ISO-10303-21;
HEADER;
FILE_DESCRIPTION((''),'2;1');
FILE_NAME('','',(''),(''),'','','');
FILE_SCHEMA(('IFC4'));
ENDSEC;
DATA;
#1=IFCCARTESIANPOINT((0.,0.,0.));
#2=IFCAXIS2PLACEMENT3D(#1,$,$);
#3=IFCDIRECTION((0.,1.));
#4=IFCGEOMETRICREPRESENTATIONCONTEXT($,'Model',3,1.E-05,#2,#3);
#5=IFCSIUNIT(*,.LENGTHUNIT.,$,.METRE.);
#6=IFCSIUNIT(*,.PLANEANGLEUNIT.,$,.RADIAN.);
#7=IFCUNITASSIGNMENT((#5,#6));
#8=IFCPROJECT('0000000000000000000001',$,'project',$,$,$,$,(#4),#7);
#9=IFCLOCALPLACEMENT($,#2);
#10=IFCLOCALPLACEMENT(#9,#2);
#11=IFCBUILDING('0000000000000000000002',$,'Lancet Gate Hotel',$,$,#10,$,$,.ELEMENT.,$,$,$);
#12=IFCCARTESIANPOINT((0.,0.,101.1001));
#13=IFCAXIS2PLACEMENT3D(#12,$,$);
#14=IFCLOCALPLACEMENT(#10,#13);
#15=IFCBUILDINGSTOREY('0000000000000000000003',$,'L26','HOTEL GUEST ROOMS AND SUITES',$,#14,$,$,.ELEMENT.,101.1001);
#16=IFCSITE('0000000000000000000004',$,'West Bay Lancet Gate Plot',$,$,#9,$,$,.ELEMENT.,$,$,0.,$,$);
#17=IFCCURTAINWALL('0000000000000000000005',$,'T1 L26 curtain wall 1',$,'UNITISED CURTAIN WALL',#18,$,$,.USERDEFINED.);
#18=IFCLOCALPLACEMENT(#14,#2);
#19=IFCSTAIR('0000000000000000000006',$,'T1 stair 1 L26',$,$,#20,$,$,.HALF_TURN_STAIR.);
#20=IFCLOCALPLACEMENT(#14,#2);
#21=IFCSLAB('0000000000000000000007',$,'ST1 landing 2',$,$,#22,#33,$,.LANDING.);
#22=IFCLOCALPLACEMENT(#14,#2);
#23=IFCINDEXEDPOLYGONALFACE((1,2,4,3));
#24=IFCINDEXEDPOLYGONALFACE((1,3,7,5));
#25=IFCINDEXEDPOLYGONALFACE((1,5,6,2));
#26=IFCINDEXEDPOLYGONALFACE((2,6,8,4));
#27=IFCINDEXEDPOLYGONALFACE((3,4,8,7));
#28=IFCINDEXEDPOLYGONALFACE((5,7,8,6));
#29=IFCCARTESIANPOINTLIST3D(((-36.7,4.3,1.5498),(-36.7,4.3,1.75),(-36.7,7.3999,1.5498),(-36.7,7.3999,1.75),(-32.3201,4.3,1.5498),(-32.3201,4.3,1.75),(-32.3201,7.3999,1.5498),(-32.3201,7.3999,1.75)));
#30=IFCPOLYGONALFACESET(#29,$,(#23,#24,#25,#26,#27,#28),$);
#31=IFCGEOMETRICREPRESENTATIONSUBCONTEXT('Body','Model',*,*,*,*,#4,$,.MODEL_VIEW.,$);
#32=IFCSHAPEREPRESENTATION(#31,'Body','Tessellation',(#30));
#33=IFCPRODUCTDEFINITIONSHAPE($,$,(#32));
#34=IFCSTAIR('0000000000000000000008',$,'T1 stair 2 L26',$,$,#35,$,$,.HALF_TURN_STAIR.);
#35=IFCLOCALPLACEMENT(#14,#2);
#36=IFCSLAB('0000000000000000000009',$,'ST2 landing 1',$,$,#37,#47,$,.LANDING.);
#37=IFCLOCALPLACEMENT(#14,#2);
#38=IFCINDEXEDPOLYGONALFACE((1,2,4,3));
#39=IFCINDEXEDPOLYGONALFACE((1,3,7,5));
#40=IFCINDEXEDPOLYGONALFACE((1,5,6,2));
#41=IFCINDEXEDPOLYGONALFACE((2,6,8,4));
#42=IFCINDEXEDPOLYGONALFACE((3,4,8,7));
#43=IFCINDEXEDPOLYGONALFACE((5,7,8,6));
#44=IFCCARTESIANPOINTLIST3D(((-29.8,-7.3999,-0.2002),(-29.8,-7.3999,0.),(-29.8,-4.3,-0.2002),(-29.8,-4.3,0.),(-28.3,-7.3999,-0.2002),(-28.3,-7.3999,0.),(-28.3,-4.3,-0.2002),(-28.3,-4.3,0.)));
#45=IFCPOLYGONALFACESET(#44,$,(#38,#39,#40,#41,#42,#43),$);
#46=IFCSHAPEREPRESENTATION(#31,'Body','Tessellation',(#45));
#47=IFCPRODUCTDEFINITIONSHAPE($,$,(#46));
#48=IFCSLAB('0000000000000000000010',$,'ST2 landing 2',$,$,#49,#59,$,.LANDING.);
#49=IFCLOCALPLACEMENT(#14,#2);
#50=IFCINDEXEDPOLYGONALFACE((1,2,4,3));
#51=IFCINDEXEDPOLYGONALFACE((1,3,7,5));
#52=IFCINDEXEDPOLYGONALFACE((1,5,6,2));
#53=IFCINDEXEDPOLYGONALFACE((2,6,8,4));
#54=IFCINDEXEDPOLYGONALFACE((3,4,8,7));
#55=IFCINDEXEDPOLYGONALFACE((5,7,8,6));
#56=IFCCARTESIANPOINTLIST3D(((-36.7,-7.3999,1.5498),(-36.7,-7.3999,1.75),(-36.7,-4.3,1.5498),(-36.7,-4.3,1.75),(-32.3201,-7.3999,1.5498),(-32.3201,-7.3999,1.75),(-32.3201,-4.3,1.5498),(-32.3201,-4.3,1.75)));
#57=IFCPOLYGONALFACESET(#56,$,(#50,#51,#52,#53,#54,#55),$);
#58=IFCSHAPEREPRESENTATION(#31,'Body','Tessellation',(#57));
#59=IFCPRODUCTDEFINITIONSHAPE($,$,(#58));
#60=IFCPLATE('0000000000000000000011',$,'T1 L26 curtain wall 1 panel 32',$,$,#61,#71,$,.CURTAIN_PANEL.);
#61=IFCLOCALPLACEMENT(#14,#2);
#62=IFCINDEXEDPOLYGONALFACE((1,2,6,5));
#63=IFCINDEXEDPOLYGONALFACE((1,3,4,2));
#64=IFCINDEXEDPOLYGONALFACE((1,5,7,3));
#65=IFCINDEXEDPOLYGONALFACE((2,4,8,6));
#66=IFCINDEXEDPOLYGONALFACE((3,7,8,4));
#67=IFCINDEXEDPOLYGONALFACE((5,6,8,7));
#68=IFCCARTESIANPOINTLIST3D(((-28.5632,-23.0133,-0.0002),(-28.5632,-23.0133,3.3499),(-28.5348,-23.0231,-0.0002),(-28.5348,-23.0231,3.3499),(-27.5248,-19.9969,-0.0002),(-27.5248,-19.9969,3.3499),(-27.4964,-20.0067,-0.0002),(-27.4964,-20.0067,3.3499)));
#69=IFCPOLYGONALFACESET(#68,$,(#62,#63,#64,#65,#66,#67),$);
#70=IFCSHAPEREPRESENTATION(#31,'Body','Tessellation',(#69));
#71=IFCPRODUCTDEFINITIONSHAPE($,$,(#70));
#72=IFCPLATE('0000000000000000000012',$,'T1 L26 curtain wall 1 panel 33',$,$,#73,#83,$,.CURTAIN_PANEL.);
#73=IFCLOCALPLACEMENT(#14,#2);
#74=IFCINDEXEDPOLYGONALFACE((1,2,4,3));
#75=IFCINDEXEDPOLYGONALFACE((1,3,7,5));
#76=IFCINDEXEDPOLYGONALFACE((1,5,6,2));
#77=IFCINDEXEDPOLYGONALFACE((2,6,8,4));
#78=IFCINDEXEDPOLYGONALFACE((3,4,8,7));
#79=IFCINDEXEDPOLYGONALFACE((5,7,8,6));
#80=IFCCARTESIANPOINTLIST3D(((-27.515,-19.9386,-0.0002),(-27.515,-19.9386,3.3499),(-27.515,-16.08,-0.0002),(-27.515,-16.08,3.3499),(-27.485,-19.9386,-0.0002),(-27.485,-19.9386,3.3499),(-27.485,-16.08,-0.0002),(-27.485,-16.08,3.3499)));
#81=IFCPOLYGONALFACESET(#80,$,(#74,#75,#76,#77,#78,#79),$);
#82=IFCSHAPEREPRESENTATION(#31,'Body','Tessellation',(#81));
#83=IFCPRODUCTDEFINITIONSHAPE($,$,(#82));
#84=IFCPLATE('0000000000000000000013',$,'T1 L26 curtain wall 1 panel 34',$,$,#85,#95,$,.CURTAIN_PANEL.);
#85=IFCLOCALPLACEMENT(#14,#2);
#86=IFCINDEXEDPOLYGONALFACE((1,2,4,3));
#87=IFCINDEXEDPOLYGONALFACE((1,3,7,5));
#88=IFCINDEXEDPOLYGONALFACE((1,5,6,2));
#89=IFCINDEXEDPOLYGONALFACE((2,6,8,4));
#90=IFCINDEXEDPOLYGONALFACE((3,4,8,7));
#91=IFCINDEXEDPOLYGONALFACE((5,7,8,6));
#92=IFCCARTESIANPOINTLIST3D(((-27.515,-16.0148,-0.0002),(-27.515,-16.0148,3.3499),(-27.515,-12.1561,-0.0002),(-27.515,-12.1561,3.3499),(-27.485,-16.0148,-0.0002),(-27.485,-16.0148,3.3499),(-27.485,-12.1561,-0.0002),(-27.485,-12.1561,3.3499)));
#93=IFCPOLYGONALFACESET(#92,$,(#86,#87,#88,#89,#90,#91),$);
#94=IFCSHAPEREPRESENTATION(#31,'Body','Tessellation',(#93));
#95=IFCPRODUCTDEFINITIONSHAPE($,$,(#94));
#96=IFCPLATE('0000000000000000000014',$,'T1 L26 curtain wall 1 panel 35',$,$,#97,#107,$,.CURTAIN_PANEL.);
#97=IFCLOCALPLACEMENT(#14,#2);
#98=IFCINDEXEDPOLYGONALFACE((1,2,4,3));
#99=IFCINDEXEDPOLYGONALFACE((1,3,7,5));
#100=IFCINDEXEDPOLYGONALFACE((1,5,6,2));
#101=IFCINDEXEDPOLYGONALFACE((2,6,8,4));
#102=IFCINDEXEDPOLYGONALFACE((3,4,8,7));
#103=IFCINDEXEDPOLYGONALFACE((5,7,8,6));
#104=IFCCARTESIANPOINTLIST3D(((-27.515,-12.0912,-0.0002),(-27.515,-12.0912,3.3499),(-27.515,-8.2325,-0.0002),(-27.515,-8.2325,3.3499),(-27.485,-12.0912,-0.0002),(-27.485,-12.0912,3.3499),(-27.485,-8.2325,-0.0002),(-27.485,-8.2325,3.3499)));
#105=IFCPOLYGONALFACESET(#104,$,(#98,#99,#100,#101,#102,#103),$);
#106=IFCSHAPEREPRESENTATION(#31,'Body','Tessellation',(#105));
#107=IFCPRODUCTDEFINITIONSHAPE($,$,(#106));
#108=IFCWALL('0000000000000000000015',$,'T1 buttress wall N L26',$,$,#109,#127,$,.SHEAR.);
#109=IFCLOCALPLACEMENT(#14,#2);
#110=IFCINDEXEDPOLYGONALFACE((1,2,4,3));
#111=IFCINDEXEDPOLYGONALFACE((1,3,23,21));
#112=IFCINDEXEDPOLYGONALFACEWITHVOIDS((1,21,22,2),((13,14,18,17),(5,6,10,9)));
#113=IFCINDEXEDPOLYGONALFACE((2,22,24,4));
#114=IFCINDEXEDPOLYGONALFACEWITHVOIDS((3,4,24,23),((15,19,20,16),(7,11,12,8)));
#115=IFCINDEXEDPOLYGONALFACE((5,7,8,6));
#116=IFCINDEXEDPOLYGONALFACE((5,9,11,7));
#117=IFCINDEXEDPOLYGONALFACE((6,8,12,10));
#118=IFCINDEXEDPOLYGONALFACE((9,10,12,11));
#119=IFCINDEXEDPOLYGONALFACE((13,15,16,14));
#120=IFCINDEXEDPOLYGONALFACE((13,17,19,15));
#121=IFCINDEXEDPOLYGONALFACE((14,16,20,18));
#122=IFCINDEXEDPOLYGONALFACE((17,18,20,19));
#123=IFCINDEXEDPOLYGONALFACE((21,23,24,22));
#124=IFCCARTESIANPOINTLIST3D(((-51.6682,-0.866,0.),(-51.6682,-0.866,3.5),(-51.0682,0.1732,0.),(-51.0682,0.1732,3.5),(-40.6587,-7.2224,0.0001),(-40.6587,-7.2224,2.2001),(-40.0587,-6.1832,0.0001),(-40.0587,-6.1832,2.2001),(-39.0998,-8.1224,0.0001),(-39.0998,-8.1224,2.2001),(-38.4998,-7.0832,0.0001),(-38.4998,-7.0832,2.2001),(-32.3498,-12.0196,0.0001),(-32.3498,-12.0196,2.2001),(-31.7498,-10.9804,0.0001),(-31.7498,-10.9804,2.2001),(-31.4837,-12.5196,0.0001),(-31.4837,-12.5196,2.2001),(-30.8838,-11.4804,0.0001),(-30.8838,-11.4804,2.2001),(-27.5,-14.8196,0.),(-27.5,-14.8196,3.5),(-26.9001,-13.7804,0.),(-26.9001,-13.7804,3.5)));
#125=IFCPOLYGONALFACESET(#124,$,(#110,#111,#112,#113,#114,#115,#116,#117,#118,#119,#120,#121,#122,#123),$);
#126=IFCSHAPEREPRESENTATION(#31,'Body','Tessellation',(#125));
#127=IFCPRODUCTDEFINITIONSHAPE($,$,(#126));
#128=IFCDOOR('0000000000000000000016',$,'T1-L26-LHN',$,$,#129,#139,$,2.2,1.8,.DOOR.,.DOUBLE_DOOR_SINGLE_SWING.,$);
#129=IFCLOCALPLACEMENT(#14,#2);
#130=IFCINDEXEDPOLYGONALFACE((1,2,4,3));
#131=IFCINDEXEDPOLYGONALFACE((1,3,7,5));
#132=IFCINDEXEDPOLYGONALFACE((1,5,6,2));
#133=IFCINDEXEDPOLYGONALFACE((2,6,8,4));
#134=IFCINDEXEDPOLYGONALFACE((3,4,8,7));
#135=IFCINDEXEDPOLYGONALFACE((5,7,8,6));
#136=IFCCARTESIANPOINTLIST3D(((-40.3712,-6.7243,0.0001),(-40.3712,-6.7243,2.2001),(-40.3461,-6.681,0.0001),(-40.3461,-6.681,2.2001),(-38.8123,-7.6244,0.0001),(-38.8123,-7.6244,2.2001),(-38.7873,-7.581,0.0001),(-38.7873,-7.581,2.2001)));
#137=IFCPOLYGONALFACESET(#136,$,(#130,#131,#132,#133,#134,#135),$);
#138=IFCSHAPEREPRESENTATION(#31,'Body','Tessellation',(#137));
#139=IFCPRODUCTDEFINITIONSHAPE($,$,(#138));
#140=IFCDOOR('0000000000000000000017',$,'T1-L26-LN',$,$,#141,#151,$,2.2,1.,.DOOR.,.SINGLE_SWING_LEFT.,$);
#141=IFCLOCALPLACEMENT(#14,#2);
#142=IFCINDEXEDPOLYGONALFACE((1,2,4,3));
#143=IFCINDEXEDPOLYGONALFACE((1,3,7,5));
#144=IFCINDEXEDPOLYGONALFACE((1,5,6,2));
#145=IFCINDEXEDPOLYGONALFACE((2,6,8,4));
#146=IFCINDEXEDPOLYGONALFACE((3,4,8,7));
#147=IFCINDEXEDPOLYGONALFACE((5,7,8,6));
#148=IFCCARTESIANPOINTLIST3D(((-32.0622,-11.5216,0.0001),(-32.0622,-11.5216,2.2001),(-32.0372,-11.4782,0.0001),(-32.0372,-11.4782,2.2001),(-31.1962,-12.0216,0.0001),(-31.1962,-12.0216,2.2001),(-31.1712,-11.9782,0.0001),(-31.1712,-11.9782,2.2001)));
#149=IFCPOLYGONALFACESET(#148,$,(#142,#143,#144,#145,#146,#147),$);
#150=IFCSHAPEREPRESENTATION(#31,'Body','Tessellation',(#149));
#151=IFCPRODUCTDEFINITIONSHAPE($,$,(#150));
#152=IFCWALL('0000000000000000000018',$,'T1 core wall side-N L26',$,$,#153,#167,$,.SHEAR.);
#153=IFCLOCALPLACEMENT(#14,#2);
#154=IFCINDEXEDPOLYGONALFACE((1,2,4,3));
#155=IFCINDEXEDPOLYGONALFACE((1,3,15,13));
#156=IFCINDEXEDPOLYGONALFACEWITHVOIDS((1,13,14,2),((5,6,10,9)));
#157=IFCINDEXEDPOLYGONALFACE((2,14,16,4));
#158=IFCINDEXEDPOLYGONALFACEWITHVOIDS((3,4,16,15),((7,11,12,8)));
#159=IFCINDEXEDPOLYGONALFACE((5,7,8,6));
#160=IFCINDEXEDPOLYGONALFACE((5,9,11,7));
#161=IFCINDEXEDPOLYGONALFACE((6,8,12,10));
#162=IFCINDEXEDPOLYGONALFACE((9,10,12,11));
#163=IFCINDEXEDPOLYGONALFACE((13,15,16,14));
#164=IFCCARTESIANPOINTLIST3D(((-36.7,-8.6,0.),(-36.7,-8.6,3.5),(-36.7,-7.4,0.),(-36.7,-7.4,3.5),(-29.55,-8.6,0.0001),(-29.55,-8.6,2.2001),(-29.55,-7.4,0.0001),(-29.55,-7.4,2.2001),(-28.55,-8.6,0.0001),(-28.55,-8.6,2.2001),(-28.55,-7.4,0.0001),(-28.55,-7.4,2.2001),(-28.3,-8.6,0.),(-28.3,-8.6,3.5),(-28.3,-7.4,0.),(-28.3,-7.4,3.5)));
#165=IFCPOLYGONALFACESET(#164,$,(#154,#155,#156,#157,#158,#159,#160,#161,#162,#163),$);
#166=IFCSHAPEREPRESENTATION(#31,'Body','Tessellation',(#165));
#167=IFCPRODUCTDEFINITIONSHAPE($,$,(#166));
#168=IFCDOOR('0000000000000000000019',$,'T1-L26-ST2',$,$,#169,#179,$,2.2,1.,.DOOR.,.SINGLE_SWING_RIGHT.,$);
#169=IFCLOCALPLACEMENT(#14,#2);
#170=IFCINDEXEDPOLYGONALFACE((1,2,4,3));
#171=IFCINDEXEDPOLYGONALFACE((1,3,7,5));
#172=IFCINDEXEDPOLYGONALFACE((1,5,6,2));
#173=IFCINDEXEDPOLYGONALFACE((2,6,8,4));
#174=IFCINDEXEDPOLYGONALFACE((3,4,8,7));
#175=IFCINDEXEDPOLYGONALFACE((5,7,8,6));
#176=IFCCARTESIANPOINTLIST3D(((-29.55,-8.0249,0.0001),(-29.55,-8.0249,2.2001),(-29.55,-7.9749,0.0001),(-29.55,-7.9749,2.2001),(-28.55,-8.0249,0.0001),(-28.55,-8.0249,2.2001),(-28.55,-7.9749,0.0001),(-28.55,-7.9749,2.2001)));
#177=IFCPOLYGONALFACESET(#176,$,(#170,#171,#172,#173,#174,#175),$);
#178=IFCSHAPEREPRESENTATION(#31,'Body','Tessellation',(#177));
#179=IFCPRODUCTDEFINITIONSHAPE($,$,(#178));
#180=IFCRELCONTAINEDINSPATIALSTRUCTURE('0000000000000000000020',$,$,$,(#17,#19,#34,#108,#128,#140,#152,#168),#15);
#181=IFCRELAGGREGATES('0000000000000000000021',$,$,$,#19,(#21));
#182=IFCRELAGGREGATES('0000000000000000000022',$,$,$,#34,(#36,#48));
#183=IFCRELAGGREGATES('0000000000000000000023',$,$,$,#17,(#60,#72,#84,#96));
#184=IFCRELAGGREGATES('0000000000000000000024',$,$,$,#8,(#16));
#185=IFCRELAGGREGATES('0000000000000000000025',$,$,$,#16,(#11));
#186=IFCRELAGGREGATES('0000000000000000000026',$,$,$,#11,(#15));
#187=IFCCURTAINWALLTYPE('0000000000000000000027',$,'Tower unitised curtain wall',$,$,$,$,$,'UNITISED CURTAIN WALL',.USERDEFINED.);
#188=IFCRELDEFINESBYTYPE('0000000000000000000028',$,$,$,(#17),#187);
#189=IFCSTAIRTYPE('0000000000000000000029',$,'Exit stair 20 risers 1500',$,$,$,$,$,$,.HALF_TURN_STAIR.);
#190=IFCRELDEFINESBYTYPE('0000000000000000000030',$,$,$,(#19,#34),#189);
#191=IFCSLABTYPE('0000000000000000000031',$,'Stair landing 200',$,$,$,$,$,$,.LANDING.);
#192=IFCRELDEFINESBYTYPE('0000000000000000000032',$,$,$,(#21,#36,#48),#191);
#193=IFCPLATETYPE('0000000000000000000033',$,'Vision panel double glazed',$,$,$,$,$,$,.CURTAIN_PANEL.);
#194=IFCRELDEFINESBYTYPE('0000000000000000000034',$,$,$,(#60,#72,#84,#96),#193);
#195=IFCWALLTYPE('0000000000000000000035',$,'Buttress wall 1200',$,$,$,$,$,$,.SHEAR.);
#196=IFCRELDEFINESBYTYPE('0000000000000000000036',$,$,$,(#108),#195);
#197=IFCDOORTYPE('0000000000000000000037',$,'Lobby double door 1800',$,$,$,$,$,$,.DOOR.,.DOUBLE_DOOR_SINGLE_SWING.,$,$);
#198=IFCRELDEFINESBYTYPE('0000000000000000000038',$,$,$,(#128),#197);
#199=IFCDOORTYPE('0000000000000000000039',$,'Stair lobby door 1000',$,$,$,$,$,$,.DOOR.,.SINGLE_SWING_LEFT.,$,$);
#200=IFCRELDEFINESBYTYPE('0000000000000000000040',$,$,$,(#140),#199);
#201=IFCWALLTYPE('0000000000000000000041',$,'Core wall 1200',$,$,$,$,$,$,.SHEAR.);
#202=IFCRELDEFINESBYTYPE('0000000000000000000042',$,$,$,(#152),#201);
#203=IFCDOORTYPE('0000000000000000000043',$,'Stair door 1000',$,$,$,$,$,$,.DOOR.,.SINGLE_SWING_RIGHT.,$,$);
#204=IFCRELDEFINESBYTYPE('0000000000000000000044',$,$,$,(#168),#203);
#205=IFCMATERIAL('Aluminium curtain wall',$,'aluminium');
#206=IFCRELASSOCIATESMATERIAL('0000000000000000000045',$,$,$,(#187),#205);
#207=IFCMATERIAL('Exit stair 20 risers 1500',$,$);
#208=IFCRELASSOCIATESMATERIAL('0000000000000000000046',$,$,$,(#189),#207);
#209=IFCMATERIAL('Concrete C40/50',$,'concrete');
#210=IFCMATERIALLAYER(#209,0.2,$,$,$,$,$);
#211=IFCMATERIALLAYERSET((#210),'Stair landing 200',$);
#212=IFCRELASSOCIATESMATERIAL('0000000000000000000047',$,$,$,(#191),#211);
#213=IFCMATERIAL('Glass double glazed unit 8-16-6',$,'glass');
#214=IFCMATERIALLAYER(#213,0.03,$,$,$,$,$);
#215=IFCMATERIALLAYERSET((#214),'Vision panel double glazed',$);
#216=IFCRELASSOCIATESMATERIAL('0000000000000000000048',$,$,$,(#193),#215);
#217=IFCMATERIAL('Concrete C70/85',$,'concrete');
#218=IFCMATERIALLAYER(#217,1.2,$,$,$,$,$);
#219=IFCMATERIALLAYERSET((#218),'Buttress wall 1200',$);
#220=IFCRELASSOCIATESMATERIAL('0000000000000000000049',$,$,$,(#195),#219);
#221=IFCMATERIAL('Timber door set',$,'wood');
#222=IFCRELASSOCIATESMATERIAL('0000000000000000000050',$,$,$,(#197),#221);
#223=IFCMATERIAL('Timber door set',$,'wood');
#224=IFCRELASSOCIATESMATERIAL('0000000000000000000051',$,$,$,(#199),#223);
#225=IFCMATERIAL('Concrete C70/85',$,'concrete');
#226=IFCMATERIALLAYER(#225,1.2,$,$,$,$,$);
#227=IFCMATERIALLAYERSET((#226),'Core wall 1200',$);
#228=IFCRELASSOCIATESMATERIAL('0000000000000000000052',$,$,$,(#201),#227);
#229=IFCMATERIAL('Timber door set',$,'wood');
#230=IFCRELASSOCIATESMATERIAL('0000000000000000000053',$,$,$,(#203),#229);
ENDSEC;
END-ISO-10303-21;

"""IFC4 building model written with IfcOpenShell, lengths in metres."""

from ifc_helpers import new_model, si_unit, direction, frame, frame_2d, origin, origin_2d, place, context, subcontext, project, spatial, polyline, rectangle, outline, extrude, material, layer, layer_set, type_object, element, fill, aggregate, save


model = new_model("IFC4")

# Units and contexts
model_context = context("Model", 3, precision=1e-05, world=origin(), true_north=direction((0.0, 1.0)))
body_context = subcontext(model_context, "Body", "Model", "MODEL_VIEW")
ifc_project = project(units=[si_unit("LENGTHUNIT", "METRE"), si_unit("PLANEANGLEUNIT", "RADIAN")], contexts=[model_context])

# Site, building, storey
site_placement = place(None, origin())
site = spatial("IfcSite", under=ifc_project, at=site_placement, Name="West Bay Lancet Gate Plot", CompositionType="ELEMENT", RefElevation=0.0)
building_placement = place(site_placement, origin())
building = spatial("IfcBuilding", under=site, at=building_placement, Name="Lancet Gate Hotel", CompositionType="ELEMENT")
storey_placement = place(building_placement, frame((0.0, 0.0, 101.1001)))
storey = spatial("IfcBuildingStorey", under=building, at=storey_placement, Name="L26", Description="HOTEL GUEST ROOMS AND SUITES", CompositionType="ELEMENT", Elevation=101.1001)

# Curtain wall
ifc_material_1 = material(Name="Aluminium curtain wall", Category="aluminium")
curtain_wall_type = type_object("IfcCurtainWallType", Name="Tower unitised curtain wall", ElementType="UNITISED CURTAIN WALL", PredefinedType="USERDEFINED", material=ifc_material_1)
curtain_wall_placement = place(storey_placement, origin())
curtain_wall = element("IfcCurtainWall", 1, at=curtain_wall_placement, inside=storey, type_object=curtain_wall_type, Name="T1 L26 curtain wall 1", ObjectType="UNITISED CURTAIN WALL", PredefinedType="USERDEFINED")

# Stairs, slabs
ifc_material_2 = material(Name="Exit stair 20 risers 1500")
stair_type = type_object("IfcStairType", Name="Exit stair 20 risers 1500", PredefinedType="HALF_TURN_STAIR", material=ifc_material_2)
stair_1_placement = place(storey_placement, origin())
stair_1 = element("IfcStair", 2, at=stair_1_placement, inside=storey, type_object=stair_type, Name="T1 stair 1 L26", PredefinedType="HALF_TURN_STAIR")
ifc_material_3 = material(Name="Concrete C40/50", Category="concrete")
ifc_layer_1 = layer(ifc_material_3, 0.2)
ifc_layer_set_1 = layer_set([ifc_layer_1], Name="Stair landing 200")
slab_type_1 = type_object("IfcSlabType", Name="Stair landing 200", PredefinedType="LANDING", material=ifc_layer_set_1)
slab_1_placement = place(storey_placement, frame((0.0, 0.0, 1.5498)))
slab_1 = element("IfcSlab", 3, at=slab_1_placement, type_object=slab_type_1, Name="ST1 landing 2", PredefinedType="LANDING", context=body_context, shape_type="SweptSolid", body=[
    extrude(outline(polyline([(-32.3201, 7.3999), (-36.7, 7.3999), (-36.7, 4.3), (-32.3201, 4.3), (-32.3201, 7.3999)])), origin(), (0.0, 0.0, 1.0), 0.2002),
])
aggregate(stair_1, [slab_1])
stair_2_placement = place(storey_placement, origin())
stair_2 = element("IfcStair", 4, at=stair_2_placement, inside=storey, type_object=stair_type, Name="T1 stair 2 L26", PredefinedType="HALF_TURN_STAIR")
slab_2_placement = place(storey_placement, frame((0.0, 0.0, -0.2002)))
slab_2 = element("IfcSlab", 5, at=slab_2_placement, type_object=slab_type_1, Name="ST2 landing 1", PredefinedType="LANDING", context=body_context, shape_type="SweptSolid", body=[
    extrude(outline(polyline([(-28.3, -4.3), (-29.8, -4.3), (-29.8, -7.3999), (-28.3, -7.3999), (-28.3, -4.3)])), origin(), (0.0, 0.0, 1.0), 0.2002),
])
slab_3_placement = place(storey_placement, frame((0.0, 0.0, 1.5498)))
slab_3 = element("IfcSlab", 6, at=slab_3_placement, type_object=slab_type_1, Name="ST2 landing 2", PredefinedType="LANDING", context=body_context, shape_type="SweptSolid", body=[
    extrude(outline(polyline([(-32.3201, -4.3), (-36.7, -4.3), (-36.7, -7.3999), (-32.3201, -7.3999), (-32.3201, -4.3)])), origin(), (0.0, 0.0, 1.0), 0.2002),
])
aggregate(stair_2, [slab_2, slab_3])

# Plates
ifc_material_4 = material(Name="Glass double glazed unit 8-16-6", Category="glass")
ifc_layer_2 = layer(ifc_material_4, 0.03)
ifc_layer_set_2 = layer_set([ifc_layer_2], Name="Vision panel double glazed")
plate_type = type_object("IfcPlateType", Name="Vision panel double glazed", PredefinedType="CURTAIN_PANEL", material=ifc_layer_set_2)
plate_1_placement = place(storey_placement, frame((-28.0298, -21.51, -0.0002), z_axis=(0.0, 0.0, 1.0), x_axis=(0.325516, 0.945537, 0.0)))
plate_1 = element("IfcPlate", 7, at=plate_1_placement, type_object=plate_type, Name="T1 L26 curtain wall 1 panel 32", PredefinedType="CURTAIN_PANEL", context=body_context, shape_type="SweptSolid", body=[
    extrude(rectangle(XDim=3.1902, YDim=0.03, at=origin_2d()), origin(), (0.0, 0.0, 1.0), 3.3501),
])
plate_2_placement = place(storey_placement, frame((-27.5, -18.0093, -0.0002), z_axis=(0.0, 0.0, 1.0), x_axis=(0.0, 1.0, 0.0)))
plate_2 = element("IfcPlate", 8, at=plate_2_placement, type_object=plate_type, Name="T1 L26 curtain wall 1 panel 33", PredefinedType="CURTAIN_PANEL", context=body_context, shape_type="SweptSolid", body=[
    extrude(rectangle(XDim=3.8586, YDim=0.03, at=origin_2d()), origin(), (0.0, 0.0, 1.0), 3.3501),
])
plate_3_placement = place(storey_placement, frame((-27.5, -14.0854, -0.0002), z_axis=(0.0, 0.0, 1.0), x_axis=(0.0, 1.0, 0.0)))
plate_3 = element("IfcPlate", 9, at=plate_3_placement, type_object=plate_type, Name="T1 L26 curtain wall 1 panel 34", PredefinedType="CURTAIN_PANEL", context=body_context, shape_type="SweptSolid", body=[
    extrude(rectangle(XDim=3.8586, YDim=0.03, at=origin_2d()), origin(), (0.0, 0.0, 1.0), 3.3501),
])
plate_4_placement = place(storey_placement, frame((-27.5, -10.1619, -0.0002), z_axis=(0.0, 0.0, 1.0), x_axis=(0.0, 1.0, 0.0)))
plate_4 = element("IfcPlate", 10, at=plate_4_placement, type_object=plate_type, Name="T1 L26 curtain wall 1 panel 35", PredefinedType="CURTAIN_PANEL", context=body_context, shape_type="SweptSolid", body=[
    extrude(rectangle(XDim=3.8586, YDim=0.03, at=origin_2d()), origin(), (0.0, 0.0, 1.0), 3.3501),
])
aggregate(curtain_wall, [plate_1, plate_2, plate_3, plate_4])

# Wall, openings, doors
ifc_material_5 = material(Name="Concrete C70/85", Category="concrete")
ifc_layer_3 = layer(ifc_material_5, 1.2)
ifc_layer_set_3 = layer_set([ifc_layer_3], Name="Buttress wall 1200")
wall_type_1 = type_object("IfcWallType", Name="Buttress wall 1200", PredefinedType="SHEAR", material=ifc_layer_set_3)
wall_1_placement = place(storey_placement, frame((-27.2, -14.3, 0.0), z_axis=(0.0, 0.0, 1.0), x_axis=(-0.866024, 0.500002, 0.0)))
wall_1 = element("IfcWall", 11, at=wall_1_placement, inside=storey, type_object=wall_type_1, Name="T1 buttress wall N L26", PredefinedType="SHEAR", context=body_context, shape_type="SweptSolid", body=[
    extrude(rectangle(XDim=27.907, YDim=1.2, at=frame_2d((13.9536, 0.0))), origin(), (0.0, 0.0, 1.0), 3.5),
])
opening_1_placement = place(wall_1_placement, frame((4.6001, 0.0, 0.0)))
opening_1 = element("IfcOpeningElement", 12, at=opening_1_placement, cuts=wall_1, PredefinedType="OPENING", context=body_context, shape_type="SweptSolid", body=[
    extrude(rectangle(XDim=1.0, YDim=2.2, at=frame_2d((0.5, 1.1001))), frame((0.0, 0.6099, 0.0), z_axis=(0.0, -1.0, 0.0), x_axis=(1.0, 0.0, 0.0)), (0.0, 0.0, 1.0), 1.22),
])
opening_2_placement = place(wall_1_placement, frame((13.3945, 0.0, 0.0)))
opening_2 = element("IfcOpeningElement", 13, at=opening_2_placement, cuts=wall_1, PredefinedType="OPENING", context=body_context, shape_type="SweptSolid", body=[
    extrude(rectangle(XDim=1.8, YDim=2.2, at=frame_2d((0.8999, 1.1001))), frame((0.0, 0.6099, 0.0), z_axis=(0.0, -1.0, 0.0), x_axis=(1.0, 0.0, 0.0)), (0.0, 0.0, 1.0), 1.22),
])
ifc_material_6 = material(Name="Timber door set", Category="wood")
door_type_1 = type_object("IfcDoorType", Name="Lobby double door 1800", OperationType="DOUBLE_DOOR_SINGLE_SWING", PredefinedType="DOOR", material=ifc_material_6)
door_1_placement = place(opening_2_placement, origin())
door_1 = element("IfcDoor", 14, at=door_1_placement, inside=storey, type_object=door_type_1, Name="T1-L26-LHN", OperationType="DOUBLE_DOOR_SINGLE_SWING", OverallHeight=2.2, OverallWidth=1.8, PredefinedType="DOOR", context=body_context, shape_type="SweptSolid", body=[
    extrude(rectangle(XDim=1.8, YDim=2.2, at=frame_2d((0.8999, 1.1001))), frame((0.0, 0.0249, 0.0), z_axis=(0.0, -1.0, 0.0), x_axis=(1.0, 0.0, 0.0)), (0.0, 0.0, 1.0), 0.05),
])
fill(opening_2, door_1)
ifc_material_7 = material(Name="Timber door set", Category="wood")
door_type_2 = type_object("IfcDoorType", Name="Stair lobby door 1000", OperationType="SINGLE_SWING_LEFT", PredefinedType="DOOR", material=ifc_material_7)
door_2_placement = place(opening_1_placement, origin())
door_2 = element("IfcDoor", 15, at=door_2_placement, inside=storey, type_object=door_type_2, Name="T1-L26-LN", OperationType="SINGLE_SWING_LEFT", OverallHeight=2.2, OverallWidth=1.0, PredefinedType="DOOR", context=body_context, shape_type="SweptSolid", body=[
    extrude(rectangle(XDim=1.0, YDim=2.2, at=frame_2d((0.5, 1.1001))), frame((0.0, 0.0249, 0.0), z_axis=(0.0, -1.0, 0.0), x_axis=(1.0, 0.0, 0.0)), (0.0, 0.0, 1.0), 0.05),
])
fill(opening_1, door_2)

# Wall, opening, door
ifc_material_8 = material(Name="Concrete C70/85", Category="concrete")
ifc_layer_4 = layer(ifc_material_8, 1.2)
ifc_layer_set_4 = layer_set([ifc_layer_4], Name="Core wall 1200")
wall_type_2 = type_object("IfcWallType", Name="Core wall 1200", PredefinedType="SHEAR", material=ifc_layer_set_4)
wall_2_placement = place(storey_placement, frame((-28.3, -8.0, 0.0), z_axis=(0.0, 0.0, 1.0), x_axis=(-1.0, 0.0, 0.0)))
wall_2 = element("IfcWall", 16, at=wall_2_placement, inside=storey, type_object=wall_type_2, Name="T1 core wall side-N L26", PredefinedType="SHEAR", context=body_context, shape_type="SweptSolid", body=[
    extrude(rectangle(XDim=8.3999, YDim=1.2, at=frame_2d((4.2, 0.0))), origin(), (0.0, 0.0, 1.0), 3.5),
])
opening_3_placement = place(wall_2_placement, frame((0.25, 0.0, 0.0)))
opening_3 = element("IfcOpeningElement", 17, at=opening_3_placement, cuts=wall_2, PredefinedType="OPENING", context=body_context, shape_type="SweptSolid", body=[
    extrude(rectangle(XDim=1.0, YDim=2.2, at=frame_2d((0.5, 1.1001))), frame((0.0, 0.6099, 0.0), z_axis=(0.0, -1.0, 0.0), x_axis=(1.0, 0.0, 0.0)), (0.0, 0.0, 1.0), 1.22),
])
ifc_material_9 = material(Name="Timber door set", Category="wood")
door_type_3 = type_object("IfcDoorType", Name="Stair door 1000", OperationType="SINGLE_SWING_RIGHT", PredefinedType="DOOR", material=ifc_material_9)
door_3_placement = place(opening_3_placement, origin())
door_3 = element("IfcDoor", 18, at=door_3_placement, inside=storey, type_object=door_type_3, Name="T1-L26-ST2", OperationType="SINGLE_SWING_RIGHT", OverallHeight=2.2, OverallWidth=1.0, PredefinedType="DOOR", context=body_context, shape_type="SweptSolid", body=[
    extrude(rectangle(XDim=1.0, YDim=2.2, at=frame_2d((0.5, 1.1001))), frame((0.0, 0.0249, 0.0), z_axis=(0.0, -1.0, 0.0), x_axis=(1.0, 0.0, 0.0)), (0.0, 0.0, 1.0), 0.05),
])
fill(opening_3, door_3)

save(model, "model.ifc")
